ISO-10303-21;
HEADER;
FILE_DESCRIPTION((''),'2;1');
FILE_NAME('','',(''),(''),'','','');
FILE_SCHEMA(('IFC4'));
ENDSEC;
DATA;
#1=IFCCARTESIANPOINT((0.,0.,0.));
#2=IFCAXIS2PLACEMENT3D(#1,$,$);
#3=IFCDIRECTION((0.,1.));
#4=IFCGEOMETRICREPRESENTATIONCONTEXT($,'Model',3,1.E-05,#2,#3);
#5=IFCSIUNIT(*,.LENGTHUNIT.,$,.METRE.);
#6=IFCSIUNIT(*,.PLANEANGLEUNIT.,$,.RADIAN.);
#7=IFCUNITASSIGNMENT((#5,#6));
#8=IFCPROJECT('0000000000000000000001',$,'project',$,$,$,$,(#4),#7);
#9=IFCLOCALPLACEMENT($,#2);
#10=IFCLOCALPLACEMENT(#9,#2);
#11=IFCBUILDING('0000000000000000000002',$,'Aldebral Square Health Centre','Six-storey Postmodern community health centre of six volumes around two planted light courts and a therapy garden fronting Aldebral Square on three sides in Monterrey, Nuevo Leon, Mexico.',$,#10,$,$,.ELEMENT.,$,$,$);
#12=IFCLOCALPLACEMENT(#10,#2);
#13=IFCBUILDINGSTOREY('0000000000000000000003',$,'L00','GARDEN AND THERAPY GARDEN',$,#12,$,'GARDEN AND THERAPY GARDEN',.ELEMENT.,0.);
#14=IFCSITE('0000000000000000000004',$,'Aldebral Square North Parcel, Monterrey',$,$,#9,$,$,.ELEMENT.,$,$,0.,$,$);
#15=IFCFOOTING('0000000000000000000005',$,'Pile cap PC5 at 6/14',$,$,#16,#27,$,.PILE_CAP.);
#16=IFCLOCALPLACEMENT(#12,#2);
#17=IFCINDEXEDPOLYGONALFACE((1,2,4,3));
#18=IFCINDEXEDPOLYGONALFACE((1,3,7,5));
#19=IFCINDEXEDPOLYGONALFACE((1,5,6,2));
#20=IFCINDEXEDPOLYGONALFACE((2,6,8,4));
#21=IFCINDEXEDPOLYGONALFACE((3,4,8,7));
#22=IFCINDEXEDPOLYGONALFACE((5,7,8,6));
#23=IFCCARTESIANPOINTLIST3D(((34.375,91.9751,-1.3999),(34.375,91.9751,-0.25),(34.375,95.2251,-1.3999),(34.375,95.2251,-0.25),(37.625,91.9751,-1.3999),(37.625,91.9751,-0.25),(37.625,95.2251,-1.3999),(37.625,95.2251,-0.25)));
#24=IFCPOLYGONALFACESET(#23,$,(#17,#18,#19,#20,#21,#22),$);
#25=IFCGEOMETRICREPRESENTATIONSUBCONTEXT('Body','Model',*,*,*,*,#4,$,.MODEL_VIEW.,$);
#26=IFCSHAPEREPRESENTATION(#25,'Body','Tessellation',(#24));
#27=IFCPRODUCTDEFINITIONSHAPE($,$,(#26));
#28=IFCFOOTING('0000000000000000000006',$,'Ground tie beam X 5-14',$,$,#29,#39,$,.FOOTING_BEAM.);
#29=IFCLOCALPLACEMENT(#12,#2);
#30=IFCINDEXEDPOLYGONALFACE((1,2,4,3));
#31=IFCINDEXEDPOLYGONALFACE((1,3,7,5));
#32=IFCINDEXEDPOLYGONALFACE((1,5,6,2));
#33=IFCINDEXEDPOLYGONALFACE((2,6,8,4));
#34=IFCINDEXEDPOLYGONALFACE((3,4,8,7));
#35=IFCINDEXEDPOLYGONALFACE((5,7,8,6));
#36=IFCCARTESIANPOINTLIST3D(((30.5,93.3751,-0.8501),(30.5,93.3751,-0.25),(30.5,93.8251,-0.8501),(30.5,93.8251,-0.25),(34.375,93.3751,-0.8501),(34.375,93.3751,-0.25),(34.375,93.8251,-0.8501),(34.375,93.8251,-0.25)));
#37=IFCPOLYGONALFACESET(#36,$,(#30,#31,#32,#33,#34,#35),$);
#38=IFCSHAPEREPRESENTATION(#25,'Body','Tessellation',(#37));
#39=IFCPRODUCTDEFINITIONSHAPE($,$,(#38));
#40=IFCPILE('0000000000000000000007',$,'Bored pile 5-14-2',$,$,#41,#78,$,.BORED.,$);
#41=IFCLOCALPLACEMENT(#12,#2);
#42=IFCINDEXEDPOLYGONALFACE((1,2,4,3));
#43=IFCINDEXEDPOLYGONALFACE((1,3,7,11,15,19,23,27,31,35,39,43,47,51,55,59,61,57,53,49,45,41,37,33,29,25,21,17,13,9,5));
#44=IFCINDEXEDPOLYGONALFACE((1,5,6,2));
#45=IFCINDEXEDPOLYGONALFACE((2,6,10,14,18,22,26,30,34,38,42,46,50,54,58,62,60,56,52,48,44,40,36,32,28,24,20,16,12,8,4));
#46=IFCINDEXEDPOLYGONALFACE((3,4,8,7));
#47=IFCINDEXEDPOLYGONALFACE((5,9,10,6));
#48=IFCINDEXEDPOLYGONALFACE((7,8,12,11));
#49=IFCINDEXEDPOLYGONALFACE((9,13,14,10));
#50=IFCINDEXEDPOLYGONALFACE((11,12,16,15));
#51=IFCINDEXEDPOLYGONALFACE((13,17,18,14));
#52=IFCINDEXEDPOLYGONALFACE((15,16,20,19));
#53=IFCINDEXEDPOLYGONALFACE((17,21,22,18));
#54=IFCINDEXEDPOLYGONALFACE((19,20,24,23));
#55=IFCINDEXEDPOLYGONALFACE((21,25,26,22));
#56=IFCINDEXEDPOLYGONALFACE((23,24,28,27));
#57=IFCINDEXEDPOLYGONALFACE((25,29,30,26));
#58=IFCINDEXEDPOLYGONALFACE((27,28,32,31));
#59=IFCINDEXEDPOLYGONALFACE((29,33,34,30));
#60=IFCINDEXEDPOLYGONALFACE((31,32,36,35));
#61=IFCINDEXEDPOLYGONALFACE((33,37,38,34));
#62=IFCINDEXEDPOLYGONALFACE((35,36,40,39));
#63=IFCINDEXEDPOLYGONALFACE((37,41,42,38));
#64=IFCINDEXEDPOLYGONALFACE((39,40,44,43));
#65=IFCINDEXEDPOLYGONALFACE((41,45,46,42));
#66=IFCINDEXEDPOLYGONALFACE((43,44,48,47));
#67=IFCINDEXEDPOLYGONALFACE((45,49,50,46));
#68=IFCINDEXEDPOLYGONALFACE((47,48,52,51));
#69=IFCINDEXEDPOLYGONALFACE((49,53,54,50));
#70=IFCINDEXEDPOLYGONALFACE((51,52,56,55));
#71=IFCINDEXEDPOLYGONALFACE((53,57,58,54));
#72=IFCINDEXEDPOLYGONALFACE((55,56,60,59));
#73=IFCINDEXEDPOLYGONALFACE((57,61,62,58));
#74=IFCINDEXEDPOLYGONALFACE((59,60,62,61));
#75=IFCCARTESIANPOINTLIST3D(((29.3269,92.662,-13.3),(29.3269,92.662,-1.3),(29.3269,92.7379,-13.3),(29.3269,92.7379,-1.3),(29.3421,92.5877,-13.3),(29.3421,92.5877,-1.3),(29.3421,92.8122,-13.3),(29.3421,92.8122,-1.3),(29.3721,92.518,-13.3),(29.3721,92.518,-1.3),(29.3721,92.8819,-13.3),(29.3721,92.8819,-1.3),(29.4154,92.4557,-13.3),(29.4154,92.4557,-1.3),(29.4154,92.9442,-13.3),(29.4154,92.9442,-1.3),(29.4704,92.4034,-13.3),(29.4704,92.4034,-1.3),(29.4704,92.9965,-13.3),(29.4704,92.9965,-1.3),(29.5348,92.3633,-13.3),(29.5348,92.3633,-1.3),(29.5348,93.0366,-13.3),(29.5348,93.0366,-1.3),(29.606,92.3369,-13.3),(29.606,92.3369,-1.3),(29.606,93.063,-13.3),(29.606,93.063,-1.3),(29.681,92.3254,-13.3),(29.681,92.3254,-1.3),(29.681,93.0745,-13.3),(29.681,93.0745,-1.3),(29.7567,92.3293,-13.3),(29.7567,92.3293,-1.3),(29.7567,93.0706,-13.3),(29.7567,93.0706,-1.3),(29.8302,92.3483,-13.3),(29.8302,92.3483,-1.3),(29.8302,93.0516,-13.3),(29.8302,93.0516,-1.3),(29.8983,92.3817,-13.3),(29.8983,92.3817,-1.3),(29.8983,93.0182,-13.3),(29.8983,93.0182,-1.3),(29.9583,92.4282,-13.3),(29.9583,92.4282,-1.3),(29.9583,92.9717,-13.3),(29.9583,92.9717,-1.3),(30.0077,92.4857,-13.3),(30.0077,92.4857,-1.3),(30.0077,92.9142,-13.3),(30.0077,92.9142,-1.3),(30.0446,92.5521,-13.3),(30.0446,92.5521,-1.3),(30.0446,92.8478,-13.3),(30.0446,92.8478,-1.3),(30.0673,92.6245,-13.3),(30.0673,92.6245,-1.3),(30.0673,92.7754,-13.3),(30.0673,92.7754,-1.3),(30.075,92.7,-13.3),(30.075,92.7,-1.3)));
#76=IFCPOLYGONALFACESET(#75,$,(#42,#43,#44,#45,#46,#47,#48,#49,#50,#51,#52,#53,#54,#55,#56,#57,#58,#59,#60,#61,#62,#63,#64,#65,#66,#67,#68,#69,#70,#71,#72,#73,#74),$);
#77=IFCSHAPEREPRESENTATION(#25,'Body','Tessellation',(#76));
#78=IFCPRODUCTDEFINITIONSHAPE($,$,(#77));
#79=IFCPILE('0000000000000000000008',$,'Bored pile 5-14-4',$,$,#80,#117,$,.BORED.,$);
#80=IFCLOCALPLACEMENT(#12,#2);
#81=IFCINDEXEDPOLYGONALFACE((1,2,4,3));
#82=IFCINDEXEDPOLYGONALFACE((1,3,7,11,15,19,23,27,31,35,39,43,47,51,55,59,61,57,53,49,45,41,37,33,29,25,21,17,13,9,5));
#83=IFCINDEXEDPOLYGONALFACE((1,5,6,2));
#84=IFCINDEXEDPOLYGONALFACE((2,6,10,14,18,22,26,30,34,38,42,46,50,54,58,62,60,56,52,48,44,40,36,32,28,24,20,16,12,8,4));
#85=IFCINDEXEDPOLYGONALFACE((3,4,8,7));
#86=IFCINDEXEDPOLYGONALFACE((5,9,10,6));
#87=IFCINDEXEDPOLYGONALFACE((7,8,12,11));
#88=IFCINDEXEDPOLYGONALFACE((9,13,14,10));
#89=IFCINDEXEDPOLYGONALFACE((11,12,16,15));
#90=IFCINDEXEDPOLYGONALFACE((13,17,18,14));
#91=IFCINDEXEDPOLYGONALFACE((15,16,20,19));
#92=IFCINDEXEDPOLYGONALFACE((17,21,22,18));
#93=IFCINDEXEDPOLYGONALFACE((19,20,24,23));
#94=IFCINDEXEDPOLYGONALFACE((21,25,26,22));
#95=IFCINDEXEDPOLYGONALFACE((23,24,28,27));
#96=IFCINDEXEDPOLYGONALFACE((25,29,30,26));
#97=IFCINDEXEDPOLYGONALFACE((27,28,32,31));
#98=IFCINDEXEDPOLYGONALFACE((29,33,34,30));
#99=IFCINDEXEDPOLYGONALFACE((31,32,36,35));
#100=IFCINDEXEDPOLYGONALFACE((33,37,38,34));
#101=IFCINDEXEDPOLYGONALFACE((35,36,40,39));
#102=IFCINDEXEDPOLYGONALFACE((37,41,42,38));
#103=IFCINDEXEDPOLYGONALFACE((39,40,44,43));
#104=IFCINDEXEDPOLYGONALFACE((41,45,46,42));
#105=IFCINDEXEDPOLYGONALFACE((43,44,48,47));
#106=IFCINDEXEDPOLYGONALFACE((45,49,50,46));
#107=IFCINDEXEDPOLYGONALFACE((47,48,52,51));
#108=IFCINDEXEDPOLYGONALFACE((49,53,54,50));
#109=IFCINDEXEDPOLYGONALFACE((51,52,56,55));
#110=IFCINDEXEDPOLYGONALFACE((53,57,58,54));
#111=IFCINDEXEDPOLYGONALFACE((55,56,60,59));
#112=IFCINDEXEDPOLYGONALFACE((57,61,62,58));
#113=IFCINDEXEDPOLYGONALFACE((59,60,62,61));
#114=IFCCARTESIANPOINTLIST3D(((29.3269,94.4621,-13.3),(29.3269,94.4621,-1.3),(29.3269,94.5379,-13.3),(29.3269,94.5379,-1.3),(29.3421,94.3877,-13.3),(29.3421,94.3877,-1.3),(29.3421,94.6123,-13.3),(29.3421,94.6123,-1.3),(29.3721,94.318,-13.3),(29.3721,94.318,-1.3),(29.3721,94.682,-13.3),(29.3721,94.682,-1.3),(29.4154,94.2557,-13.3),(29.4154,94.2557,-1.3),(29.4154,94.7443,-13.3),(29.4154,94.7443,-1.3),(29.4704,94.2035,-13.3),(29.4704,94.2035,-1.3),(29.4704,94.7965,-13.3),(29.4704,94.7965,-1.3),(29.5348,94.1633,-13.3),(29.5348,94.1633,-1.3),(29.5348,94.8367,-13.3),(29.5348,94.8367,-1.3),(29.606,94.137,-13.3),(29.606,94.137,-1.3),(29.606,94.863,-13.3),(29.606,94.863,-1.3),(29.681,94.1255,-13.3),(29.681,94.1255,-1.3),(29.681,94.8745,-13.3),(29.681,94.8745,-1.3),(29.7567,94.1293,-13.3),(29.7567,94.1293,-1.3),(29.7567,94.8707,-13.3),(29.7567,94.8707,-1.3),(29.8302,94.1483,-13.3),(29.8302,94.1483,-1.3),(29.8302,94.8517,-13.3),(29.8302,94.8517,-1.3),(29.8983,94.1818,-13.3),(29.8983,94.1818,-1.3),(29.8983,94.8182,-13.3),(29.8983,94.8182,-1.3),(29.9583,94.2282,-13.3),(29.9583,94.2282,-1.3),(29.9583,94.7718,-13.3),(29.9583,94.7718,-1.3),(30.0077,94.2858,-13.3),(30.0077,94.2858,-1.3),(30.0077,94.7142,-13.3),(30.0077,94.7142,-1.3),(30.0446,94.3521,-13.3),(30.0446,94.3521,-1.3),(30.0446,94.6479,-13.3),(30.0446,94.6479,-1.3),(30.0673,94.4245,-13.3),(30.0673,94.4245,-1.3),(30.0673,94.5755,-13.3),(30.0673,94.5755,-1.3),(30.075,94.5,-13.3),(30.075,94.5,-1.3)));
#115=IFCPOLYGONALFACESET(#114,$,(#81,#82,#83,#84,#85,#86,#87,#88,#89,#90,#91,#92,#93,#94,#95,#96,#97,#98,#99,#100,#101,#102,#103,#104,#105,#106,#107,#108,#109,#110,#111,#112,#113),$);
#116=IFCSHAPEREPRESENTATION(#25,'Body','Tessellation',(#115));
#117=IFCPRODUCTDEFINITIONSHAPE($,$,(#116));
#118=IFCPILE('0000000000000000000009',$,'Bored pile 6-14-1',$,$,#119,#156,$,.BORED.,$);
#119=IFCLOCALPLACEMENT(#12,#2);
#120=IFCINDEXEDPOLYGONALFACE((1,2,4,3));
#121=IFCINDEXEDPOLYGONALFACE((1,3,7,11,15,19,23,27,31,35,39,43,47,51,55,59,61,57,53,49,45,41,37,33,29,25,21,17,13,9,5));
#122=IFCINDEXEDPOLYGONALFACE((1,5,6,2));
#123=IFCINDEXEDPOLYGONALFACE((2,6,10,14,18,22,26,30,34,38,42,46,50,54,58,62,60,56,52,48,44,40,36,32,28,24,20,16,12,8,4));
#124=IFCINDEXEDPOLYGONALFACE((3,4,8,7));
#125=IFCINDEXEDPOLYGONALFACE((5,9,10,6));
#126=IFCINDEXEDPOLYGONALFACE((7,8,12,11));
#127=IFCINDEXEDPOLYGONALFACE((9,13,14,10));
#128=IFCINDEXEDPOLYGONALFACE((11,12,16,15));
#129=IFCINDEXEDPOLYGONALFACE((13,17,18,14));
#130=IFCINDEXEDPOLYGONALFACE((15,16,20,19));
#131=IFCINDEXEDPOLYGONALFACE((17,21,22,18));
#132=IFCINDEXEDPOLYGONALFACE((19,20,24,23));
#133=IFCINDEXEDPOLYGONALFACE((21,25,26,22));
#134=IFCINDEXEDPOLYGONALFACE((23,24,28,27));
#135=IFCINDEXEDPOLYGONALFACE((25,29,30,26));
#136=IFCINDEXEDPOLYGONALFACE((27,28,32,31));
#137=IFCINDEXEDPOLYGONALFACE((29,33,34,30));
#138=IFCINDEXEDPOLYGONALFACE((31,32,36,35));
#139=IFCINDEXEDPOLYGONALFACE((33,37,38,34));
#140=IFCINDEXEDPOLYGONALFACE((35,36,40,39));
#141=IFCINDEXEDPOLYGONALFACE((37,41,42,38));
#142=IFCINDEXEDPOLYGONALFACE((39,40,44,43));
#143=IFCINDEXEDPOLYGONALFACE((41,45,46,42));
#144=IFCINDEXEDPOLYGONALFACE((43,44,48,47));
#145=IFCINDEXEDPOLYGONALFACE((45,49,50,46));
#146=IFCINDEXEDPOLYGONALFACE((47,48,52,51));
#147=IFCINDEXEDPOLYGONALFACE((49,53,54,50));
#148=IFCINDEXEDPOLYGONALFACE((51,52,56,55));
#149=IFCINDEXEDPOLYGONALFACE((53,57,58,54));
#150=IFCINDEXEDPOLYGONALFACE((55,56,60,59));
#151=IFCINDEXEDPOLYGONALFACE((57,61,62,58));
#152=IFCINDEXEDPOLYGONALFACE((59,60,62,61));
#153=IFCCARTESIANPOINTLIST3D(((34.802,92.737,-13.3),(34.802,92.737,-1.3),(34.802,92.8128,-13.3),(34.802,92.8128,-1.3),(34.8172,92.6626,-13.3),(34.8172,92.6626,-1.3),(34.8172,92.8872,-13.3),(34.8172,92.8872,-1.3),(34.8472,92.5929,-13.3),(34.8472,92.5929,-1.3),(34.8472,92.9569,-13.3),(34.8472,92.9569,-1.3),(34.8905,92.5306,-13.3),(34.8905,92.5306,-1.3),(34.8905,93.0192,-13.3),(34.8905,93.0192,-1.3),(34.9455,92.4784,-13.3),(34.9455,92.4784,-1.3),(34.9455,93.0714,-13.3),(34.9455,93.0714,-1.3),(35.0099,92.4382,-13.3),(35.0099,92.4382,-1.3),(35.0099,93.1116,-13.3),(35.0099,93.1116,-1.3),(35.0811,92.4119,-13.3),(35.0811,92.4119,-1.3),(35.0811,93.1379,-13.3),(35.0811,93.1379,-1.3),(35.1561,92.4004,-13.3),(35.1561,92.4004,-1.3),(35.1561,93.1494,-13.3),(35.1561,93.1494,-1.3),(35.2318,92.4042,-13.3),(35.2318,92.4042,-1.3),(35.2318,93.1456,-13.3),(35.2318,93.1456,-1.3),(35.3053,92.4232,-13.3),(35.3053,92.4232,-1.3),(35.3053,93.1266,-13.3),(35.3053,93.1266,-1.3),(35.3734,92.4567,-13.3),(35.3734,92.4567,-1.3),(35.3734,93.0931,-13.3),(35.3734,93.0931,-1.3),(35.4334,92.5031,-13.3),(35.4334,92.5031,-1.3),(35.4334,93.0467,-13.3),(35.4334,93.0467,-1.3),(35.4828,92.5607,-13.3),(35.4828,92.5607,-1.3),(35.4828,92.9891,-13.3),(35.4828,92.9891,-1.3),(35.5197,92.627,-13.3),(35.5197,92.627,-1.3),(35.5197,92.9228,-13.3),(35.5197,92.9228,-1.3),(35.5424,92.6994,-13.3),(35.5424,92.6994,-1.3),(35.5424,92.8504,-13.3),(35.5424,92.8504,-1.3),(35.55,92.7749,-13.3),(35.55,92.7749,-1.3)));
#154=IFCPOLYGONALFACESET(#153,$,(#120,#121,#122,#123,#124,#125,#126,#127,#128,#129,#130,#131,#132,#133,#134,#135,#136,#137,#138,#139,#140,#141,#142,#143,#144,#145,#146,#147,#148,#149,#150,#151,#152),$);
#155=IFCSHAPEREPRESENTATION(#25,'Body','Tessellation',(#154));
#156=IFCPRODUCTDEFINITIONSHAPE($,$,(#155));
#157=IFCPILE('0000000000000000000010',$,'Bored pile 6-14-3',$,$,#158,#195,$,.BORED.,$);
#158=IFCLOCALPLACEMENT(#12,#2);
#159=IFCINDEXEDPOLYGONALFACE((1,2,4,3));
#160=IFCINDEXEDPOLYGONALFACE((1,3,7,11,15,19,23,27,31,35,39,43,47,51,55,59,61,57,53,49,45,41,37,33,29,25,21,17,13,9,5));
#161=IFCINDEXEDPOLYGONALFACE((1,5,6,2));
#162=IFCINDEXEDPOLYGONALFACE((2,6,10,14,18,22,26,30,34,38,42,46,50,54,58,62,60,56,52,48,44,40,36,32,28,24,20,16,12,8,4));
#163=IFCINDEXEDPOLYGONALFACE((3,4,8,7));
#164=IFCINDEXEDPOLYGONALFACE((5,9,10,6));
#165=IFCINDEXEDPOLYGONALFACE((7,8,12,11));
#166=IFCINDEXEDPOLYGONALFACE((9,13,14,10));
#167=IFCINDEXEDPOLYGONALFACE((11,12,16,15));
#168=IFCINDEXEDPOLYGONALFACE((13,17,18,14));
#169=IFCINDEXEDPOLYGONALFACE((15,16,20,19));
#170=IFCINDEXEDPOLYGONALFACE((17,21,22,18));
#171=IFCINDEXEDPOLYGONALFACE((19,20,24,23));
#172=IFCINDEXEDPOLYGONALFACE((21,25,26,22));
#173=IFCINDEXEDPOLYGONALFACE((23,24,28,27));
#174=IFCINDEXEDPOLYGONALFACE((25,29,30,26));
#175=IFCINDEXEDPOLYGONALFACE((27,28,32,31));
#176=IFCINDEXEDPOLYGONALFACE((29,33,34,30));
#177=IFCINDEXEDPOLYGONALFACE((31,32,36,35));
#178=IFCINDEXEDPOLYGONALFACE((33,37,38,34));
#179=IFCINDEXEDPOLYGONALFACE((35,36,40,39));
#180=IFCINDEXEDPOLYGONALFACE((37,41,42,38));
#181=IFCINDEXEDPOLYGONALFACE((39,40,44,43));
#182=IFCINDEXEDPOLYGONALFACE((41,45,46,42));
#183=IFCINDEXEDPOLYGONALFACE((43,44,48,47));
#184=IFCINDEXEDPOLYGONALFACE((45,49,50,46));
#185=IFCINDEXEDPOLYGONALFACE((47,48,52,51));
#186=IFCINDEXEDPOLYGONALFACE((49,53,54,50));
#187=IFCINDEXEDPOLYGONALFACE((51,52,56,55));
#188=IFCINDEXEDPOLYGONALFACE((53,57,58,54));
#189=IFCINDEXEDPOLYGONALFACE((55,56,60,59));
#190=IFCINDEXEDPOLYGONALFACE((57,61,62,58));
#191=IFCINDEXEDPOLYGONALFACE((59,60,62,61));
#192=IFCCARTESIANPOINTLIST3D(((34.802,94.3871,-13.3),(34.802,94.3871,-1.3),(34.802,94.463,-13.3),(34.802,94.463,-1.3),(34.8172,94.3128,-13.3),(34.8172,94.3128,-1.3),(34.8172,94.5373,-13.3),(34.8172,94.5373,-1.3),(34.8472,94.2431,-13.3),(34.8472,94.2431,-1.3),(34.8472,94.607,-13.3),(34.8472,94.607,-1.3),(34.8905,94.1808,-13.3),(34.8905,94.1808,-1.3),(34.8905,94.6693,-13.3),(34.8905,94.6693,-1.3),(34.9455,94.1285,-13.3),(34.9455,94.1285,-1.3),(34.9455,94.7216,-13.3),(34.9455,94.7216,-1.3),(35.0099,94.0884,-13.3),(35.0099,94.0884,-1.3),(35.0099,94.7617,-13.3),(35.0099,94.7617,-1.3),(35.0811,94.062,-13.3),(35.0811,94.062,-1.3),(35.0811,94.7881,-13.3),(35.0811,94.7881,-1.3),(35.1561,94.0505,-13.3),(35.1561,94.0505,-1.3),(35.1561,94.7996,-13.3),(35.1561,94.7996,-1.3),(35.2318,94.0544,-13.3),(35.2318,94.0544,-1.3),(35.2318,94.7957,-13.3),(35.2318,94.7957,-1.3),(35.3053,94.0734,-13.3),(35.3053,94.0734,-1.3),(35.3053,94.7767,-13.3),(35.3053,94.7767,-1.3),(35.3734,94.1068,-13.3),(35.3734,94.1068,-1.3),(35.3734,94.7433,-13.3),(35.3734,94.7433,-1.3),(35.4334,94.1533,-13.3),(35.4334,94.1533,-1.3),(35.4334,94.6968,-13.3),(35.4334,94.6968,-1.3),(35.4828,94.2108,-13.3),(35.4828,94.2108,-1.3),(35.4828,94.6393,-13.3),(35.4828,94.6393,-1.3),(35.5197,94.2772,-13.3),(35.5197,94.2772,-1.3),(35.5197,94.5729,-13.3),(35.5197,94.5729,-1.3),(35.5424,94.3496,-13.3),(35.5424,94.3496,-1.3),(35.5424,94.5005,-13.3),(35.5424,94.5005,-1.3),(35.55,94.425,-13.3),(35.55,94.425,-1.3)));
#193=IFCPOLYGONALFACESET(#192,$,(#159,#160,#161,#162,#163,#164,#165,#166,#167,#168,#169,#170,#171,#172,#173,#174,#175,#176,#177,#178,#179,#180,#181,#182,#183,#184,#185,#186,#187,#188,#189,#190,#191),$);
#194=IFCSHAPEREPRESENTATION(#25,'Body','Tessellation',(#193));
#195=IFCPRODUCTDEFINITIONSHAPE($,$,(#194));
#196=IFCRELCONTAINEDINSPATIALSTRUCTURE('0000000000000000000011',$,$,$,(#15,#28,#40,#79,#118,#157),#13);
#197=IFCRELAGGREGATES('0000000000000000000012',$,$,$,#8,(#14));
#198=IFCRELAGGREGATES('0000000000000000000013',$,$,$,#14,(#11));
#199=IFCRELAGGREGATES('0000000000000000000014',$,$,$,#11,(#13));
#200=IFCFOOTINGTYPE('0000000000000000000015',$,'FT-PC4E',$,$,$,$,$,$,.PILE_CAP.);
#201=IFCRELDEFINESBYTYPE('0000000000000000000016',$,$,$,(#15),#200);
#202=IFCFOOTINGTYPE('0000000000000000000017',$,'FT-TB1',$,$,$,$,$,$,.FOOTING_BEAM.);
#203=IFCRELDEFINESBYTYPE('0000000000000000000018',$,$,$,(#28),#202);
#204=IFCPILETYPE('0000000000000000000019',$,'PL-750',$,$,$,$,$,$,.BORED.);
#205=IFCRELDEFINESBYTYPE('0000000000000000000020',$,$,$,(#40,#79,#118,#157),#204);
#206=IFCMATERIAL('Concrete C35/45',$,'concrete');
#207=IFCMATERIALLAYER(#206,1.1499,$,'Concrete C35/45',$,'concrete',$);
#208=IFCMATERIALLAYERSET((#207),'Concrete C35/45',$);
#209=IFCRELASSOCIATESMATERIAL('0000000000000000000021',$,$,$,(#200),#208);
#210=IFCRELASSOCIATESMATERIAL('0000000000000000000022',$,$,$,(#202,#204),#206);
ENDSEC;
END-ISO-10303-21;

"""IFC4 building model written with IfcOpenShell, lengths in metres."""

from ifc_helpers import new_model, si_unit, direction, frame, origin, origin_2d, place, context, subcontext, project, spatial, rectangle, circle, extrude, material, layer, layer_set, material_profile, profile_set, type_object, element, save


model = new_model("IFC4")

# Units and contexts
model_context = context("Model", 3, precision=1e-05, world=origin(), true_north=direction((0.0, 1.0)))
body_context = subcontext(model_context, "Body", "Model", "MODEL_VIEW")
ifc_project = project(units=[si_unit("LENGTHUNIT", "METRE"), si_unit("PLANEANGLEUNIT", "RADIAN")], contexts=[model_context])

# Site, building, storey
site_placement = place(None, origin())
site = spatial("IfcSite", under=ifc_project, at=site_placement, Name="Aldebral Square North Parcel, Monterrey", CompositionType="ELEMENT", RefElevation=0.0)
building_placement = place(site_placement, origin())
building = spatial("IfcBuilding", under=site, at=building_placement, Name="Aldebral Square Health Centre", Description="Six-storey Postmodern community health centre of six volumes around two planted light courts and a therapy garden fronting Aldebral Square on three sides in Monterrey, Nuevo Leon, Mexico.", CompositionType="ELEMENT")
storey_placement = place(building_placement, origin())
storey = spatial("IfcBuildingStorey", under=building, at=storey_placement, Name="L00", Description="GARDEN AND THERAPY GARDEN", LongName="GARDEN AND THERAPY GARDEN", CompositionType="ELEMENT", Elevation=0.0)

# Footings
ifc_material_1 = material(Name="Concrete C35/45", Category="concrete")
ifc_layer_1 = layer(ifc_material_1, 1.1499, Name="Concrete C35/45", Category="concrete")
ifc_layer_set_1 = layer_set([ifc_layer_1], Name="Concrete C35/45")
footing_type_1 = type_object("IfcFootingType", Name="FT-PC4E", PredefinedType="PILE_CAP", material=ifc_layer_set_1)
footing_1_placement = place(storey_placement, frame((36.0, 93.6001, -1.3999), z_axis=(0.0, 0.0, 1.0), x_axis=(1.0, 0.0, 0.0)))
element("IfcFooting", 1, at=footing_1_placement, inside=storey, type_object=footing_type_1, Name="Pile cap PC5 at 6/14", PredefinedType="PILE_CAP", context=body_context, shape_type="SweptSolid", body=[
    extrude(rectangle(XDim=3.25, YDim=3.25, at=origin_2d()), origin(), (0.0, 0.0, 1.0), 1.1499),
])
ifc_material_profile_1 = material_profile(ifc_material_1, rectangle(XDim=0.45, YDim=0.6001, at=origin_2d()), Name="RC 450x600")
ifc_profile_set_1 = profile_set([ifc_material_profile_1], Name="Concrete C35/45")
footing_type_2 = type_object("IfcFootingType", Name="FT-TB1", PredefinedType="FOOTING_BEAM", material=ifc_profile_set_1)
footing_2_placement = place(storey_placement, frame((30.5, 93.6001, -0.55), z_axis=(1.0, 0.0, 0.0), x_axis=(0.0, 1.0, 0.0)))
element("IfcFooting", 2, at=footing_2_placement, inside=storey, type_object=footing_type_2, Name="Ground tie beam X 5-14", PredefinedType="FOOTING_BEAM", context=body_context, shape_type="SweptSolid", body=[
    extrude(rectangle(XDim=0.45, YDim=0.6001, at=origin_2d()), origin(), (0.0, 0.0, 1.0), 3.875),
])

# Piles
ifc_material_profile_2 = material_profile(ifc_material_1, circle(Radius=0.375, at=origin_2d()), Name="PILE D750")
ifc_profile_set_2 = profile_set([ifc_material_profile_2], Name="Concrete C35/45")
pile_type_1 = type_object("IfcPileType", Name="PL-750", PredefinedType="BORED", material=ifc_profile_set_2)
for number, where, z_axis, x_axis, name in (
    (3, (29.7, 92.7, -1.3), (0.0, 0.0, -1.0), (1.0, 0.0, 0.0), "Bored pile 5-14-2"),
    (4, (29.7, 94.5, -1.3), (0.0, 0.0, -1.0), (1.0, 0.0, 0.0), "Bored pile 5-14-4"),
    (5, (35.175, 92.7749, -1.3), (0.0, 0.0, -1.0), (1.0, 0.0, 0.0), "Bored pile 6-14-1"),
    (6, (35.175, 94.425, -1.3), (0.0, 0.0, -1.0), (1.0, 0.0, 0.0), "Bored pile 6-14-3"),
):
    element("IfcPile", number, at=place(storey_placement, frame(where, z_axis=z_axis, x_axis=x_axis)), inside=storey, type_object=pile_type_1, Name=name, PredefinedType="BORED", context=body_context, shape_type="SweptSolid", body=[
        extrude(circle(Radius=0.375, at=origin_2d()), origin(), (0.0, 0.0, 1.0), 12.0),
    ])

save(model, "model.ifc")
